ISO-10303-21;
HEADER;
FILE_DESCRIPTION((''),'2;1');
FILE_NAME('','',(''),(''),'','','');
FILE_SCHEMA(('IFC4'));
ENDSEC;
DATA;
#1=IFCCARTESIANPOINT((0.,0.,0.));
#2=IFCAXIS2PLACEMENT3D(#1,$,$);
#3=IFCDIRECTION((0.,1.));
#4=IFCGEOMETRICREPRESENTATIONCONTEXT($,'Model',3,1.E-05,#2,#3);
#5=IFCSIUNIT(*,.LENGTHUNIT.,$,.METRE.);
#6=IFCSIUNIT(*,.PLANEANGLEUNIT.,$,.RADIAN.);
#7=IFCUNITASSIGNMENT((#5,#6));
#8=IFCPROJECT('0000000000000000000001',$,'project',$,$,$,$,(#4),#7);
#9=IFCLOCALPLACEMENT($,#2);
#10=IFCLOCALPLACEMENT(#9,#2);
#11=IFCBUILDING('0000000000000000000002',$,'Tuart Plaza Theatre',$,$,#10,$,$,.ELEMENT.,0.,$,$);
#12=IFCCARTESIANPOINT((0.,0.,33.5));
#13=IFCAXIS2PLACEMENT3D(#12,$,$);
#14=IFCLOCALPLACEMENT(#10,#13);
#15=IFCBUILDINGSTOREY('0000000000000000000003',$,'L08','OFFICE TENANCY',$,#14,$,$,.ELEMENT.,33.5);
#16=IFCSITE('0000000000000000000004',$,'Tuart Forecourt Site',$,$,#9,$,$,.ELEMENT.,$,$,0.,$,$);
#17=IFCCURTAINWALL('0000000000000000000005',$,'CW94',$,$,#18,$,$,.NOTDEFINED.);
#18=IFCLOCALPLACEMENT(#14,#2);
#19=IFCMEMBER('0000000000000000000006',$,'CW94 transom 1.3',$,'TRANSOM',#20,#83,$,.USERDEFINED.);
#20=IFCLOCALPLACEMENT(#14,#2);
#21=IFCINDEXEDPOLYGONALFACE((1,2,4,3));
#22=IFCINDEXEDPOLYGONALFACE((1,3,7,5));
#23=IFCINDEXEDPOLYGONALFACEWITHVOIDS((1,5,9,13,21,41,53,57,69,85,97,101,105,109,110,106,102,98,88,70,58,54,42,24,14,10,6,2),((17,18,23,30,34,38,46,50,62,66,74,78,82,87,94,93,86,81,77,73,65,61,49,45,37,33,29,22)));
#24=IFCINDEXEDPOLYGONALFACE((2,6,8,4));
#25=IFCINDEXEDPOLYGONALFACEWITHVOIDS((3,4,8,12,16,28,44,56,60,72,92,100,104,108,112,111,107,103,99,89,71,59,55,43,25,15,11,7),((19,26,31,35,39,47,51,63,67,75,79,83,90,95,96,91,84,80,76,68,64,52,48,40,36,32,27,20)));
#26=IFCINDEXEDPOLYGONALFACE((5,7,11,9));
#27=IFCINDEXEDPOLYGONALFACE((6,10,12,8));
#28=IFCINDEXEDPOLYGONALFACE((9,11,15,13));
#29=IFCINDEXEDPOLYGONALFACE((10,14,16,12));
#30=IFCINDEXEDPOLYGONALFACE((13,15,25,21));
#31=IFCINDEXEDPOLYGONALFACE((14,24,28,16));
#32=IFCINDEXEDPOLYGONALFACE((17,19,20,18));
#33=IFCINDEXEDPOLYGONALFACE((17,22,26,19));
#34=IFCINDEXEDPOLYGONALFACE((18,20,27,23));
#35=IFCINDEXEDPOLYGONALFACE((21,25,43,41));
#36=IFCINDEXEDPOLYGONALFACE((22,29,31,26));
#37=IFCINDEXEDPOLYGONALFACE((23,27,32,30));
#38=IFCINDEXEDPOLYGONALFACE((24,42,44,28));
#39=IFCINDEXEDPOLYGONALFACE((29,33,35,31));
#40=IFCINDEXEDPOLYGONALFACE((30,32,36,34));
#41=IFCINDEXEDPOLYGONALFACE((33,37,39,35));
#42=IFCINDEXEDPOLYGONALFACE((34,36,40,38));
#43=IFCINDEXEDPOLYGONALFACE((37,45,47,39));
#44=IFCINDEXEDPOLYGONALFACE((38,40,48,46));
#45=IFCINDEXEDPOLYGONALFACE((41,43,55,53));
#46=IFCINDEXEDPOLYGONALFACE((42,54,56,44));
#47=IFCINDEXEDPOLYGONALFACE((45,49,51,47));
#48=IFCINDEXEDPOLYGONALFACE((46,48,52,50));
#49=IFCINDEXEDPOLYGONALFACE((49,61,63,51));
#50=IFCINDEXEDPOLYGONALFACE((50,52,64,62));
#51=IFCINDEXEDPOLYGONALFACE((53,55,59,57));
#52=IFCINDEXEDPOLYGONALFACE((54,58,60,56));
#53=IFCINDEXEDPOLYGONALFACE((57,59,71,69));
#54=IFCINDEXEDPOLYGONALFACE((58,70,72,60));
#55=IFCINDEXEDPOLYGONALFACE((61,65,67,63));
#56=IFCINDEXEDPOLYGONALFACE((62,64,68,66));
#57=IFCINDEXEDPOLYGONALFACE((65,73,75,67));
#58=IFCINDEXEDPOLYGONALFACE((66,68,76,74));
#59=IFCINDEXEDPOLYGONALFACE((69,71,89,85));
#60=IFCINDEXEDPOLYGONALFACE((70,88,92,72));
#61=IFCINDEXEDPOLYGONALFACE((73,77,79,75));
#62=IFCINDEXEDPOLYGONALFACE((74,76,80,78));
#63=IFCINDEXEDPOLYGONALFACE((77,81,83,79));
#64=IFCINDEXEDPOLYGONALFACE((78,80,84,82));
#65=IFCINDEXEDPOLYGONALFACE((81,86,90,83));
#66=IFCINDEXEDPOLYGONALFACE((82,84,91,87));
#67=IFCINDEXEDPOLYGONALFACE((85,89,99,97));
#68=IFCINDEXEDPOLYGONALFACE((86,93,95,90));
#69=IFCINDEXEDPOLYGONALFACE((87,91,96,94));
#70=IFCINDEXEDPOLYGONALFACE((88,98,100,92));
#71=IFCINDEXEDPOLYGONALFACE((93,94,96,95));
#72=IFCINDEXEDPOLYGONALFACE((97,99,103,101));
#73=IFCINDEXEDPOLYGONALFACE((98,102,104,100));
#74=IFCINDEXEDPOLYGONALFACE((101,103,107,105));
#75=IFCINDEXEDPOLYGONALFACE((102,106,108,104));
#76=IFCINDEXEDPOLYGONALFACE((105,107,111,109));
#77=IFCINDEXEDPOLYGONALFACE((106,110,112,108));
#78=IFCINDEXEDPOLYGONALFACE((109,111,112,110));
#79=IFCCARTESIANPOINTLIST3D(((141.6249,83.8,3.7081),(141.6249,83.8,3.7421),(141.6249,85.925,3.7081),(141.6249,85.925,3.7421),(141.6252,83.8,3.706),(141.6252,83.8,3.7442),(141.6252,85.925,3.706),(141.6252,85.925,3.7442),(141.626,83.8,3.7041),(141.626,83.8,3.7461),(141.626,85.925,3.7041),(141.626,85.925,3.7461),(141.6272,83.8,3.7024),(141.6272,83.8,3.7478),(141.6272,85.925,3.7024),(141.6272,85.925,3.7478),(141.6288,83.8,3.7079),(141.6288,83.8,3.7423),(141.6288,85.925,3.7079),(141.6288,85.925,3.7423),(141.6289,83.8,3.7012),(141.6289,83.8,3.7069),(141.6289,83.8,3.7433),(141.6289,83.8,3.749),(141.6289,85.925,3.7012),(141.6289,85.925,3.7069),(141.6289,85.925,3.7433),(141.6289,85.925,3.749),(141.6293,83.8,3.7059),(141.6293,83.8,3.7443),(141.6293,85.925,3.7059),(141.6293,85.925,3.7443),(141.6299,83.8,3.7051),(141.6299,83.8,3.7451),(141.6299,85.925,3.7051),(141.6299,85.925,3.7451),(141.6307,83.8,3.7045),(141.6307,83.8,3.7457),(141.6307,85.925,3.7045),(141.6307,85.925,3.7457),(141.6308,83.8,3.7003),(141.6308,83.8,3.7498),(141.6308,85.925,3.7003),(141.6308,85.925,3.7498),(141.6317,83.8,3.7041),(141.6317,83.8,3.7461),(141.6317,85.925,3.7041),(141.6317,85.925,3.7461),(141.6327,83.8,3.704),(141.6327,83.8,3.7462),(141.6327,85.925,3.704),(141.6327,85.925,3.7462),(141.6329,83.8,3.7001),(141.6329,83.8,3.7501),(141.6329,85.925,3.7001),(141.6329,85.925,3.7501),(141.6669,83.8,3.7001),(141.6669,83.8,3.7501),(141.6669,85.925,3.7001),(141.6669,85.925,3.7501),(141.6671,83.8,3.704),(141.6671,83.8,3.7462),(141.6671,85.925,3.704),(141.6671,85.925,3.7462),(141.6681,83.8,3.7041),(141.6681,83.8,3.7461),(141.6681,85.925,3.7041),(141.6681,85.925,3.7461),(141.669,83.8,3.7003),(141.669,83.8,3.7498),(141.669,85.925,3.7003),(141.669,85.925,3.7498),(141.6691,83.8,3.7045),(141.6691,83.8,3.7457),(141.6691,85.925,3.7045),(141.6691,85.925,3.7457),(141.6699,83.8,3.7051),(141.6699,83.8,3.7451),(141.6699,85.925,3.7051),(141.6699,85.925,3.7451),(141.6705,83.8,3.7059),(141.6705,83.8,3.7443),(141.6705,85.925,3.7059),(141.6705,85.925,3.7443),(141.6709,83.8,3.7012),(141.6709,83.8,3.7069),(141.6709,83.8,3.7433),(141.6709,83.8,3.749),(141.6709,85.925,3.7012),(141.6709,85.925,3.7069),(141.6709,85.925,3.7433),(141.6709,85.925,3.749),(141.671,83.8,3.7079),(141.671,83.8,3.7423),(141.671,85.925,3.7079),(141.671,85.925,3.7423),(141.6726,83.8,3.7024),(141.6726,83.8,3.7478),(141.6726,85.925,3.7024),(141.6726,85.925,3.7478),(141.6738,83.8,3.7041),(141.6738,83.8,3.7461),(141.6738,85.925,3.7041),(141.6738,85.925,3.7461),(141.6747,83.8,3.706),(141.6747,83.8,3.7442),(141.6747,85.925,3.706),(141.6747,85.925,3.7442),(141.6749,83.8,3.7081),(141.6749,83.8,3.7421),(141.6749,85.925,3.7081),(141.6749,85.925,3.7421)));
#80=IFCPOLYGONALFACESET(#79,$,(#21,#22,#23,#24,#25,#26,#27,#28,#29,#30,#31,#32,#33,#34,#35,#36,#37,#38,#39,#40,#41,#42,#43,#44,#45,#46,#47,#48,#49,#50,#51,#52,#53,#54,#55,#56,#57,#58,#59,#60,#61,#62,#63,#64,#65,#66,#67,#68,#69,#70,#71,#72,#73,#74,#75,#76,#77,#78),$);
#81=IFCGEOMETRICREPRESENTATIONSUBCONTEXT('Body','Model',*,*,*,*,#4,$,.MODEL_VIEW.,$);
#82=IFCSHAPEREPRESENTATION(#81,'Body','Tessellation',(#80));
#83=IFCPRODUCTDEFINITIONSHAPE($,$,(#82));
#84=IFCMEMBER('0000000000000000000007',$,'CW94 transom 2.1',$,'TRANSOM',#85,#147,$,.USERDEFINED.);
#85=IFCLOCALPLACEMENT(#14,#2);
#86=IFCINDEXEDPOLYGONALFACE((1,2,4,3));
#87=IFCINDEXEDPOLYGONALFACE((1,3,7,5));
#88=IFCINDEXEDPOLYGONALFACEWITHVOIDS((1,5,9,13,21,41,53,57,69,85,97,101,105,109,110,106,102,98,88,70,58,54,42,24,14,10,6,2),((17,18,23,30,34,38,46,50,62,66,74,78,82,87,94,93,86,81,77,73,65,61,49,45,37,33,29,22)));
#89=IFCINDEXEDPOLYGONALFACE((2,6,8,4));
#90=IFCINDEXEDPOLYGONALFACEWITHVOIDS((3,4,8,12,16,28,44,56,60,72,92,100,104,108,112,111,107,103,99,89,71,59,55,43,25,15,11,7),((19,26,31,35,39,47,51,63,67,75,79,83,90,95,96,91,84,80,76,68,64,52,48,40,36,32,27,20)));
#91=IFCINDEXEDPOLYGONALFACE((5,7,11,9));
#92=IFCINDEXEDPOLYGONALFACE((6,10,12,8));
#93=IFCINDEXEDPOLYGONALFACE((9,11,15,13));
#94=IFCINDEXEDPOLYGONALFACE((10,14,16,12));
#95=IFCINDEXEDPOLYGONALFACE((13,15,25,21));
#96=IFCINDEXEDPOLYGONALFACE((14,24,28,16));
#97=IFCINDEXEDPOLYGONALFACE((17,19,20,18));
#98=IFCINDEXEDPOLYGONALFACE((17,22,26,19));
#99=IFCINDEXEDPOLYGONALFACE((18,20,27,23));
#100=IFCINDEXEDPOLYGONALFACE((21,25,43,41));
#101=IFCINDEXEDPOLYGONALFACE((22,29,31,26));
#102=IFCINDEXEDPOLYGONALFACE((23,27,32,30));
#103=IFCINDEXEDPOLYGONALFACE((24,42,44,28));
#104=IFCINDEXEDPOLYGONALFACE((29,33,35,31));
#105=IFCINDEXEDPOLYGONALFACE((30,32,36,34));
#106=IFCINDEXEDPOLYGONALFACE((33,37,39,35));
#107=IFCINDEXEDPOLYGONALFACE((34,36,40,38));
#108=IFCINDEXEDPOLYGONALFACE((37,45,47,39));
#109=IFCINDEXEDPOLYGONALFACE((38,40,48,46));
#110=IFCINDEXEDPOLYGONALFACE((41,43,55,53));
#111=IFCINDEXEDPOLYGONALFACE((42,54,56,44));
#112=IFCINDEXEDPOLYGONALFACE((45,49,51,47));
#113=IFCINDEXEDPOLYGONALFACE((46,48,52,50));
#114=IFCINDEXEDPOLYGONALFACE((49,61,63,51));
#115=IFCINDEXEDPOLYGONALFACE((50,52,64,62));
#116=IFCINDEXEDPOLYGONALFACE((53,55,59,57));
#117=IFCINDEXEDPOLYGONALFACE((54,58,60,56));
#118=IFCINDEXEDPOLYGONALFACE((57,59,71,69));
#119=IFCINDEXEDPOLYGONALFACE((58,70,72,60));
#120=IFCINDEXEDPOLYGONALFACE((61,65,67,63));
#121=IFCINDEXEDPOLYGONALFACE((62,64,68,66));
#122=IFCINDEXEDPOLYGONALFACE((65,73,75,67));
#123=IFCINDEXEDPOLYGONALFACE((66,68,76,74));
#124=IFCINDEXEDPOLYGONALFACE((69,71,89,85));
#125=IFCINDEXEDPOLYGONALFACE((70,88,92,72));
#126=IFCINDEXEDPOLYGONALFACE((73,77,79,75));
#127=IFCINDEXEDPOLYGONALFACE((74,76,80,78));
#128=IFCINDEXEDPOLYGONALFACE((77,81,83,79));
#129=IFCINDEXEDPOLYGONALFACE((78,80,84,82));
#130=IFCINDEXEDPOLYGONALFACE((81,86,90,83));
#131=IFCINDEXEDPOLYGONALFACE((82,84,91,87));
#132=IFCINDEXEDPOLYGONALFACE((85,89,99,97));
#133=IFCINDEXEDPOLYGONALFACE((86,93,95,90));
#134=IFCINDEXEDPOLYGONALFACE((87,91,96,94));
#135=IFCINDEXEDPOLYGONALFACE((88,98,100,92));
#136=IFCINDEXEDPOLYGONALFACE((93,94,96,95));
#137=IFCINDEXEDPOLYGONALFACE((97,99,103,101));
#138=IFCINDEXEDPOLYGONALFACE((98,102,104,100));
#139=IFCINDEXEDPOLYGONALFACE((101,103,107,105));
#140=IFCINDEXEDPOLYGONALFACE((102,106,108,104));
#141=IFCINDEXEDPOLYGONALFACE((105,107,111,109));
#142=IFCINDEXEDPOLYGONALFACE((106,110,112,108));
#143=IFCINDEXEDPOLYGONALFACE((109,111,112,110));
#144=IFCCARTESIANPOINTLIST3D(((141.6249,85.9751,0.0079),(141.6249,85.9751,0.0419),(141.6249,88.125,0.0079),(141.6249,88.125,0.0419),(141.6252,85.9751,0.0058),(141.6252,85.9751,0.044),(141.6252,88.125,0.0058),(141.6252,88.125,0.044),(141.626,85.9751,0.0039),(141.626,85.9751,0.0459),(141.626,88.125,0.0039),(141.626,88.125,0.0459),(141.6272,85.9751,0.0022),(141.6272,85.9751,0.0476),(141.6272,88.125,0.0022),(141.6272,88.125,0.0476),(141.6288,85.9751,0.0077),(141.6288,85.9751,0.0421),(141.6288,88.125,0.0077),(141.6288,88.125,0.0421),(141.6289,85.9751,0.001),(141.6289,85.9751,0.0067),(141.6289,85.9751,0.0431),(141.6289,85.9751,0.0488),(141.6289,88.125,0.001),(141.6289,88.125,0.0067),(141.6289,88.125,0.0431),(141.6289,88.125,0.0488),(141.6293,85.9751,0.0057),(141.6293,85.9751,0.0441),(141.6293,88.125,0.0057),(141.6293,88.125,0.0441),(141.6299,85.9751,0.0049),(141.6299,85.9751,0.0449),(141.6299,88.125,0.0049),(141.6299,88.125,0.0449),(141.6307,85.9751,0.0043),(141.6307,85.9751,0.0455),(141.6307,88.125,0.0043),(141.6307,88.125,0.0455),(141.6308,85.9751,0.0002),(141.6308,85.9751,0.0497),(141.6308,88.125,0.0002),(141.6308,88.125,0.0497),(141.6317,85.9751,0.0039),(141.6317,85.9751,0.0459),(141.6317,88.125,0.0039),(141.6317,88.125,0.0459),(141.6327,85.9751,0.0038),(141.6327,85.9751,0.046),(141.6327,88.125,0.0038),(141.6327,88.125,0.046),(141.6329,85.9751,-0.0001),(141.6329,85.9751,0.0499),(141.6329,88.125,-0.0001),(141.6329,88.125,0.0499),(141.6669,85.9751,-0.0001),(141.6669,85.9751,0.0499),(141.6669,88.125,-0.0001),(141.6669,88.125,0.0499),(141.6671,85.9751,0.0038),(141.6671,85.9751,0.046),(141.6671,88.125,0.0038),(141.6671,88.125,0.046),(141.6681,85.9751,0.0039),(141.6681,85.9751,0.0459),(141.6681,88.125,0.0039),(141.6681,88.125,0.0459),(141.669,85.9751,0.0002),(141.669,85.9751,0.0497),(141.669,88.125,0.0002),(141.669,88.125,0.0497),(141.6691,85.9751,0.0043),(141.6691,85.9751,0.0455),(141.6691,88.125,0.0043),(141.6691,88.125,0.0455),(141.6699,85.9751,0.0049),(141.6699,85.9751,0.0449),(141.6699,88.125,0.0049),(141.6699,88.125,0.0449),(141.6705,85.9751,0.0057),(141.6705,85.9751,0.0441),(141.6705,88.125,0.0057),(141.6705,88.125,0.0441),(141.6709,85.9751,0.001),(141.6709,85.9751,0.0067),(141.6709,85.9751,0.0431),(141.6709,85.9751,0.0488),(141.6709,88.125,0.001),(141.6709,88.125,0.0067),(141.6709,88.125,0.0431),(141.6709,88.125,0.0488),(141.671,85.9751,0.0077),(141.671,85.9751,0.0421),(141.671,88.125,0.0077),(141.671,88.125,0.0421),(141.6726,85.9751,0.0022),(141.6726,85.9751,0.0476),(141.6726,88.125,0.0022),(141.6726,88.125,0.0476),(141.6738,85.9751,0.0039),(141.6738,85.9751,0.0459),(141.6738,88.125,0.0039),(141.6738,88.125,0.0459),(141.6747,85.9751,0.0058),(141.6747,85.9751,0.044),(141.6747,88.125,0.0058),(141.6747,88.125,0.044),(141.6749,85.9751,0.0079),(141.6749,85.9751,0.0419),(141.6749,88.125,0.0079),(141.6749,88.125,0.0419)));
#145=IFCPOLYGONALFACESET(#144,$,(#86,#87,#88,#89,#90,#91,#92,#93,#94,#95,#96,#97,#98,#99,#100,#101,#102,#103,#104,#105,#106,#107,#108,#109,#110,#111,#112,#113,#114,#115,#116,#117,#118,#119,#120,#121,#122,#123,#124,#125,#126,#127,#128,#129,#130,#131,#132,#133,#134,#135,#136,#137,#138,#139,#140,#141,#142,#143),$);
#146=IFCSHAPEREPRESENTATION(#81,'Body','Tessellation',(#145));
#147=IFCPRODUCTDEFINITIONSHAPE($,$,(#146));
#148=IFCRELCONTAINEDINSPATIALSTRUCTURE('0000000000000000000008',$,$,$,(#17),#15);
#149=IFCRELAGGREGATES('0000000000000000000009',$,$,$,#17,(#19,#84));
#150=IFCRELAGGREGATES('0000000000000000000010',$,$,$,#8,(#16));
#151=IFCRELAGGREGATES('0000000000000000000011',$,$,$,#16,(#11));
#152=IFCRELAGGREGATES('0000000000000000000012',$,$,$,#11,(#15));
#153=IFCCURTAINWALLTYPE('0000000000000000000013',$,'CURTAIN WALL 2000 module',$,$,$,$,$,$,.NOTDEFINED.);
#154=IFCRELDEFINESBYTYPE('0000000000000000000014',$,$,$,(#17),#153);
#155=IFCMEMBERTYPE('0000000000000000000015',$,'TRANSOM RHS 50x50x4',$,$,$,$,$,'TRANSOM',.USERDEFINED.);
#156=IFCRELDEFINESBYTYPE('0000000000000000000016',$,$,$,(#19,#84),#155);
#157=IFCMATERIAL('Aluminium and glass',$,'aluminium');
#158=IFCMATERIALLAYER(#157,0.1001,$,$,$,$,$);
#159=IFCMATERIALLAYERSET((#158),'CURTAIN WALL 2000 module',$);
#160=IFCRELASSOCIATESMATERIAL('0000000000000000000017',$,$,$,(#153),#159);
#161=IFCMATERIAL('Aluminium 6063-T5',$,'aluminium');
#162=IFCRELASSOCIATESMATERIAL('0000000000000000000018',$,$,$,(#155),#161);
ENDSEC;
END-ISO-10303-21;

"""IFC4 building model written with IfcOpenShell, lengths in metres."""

from ifc_helpers import new_model, si_unit, direction, frame, origin, origin_2d, place, context, subcontext, project, spatial, hollow_rectangle, extrude, material, layer, layer_set, material_profile, profile_set, type_object, element, aggregate, save


model = new_model("IFC4")

# Units and contexts
model_context = context("Model", 3, precision=1e-05, world=origin(), true_north=direction((0.0, 1.0)))
body_context = subcontext(model_context, "Body", "Model", "MODEL_VIEW")
ifc_project = project(units=[si_unit("LENGTHUNIT", "METRE"), si_unit("PLANEANGLEUNIT", "RADIAN")], contexts=[model_context])

# Site, building, storey
site_placement = place(None, origin())
site = spatial("IfcSite", under=ifc_project, at=site_placement, Name="Tuart Forecourt Site", CompositionType="ELEMENT", RefElevation=0.0)
building_placement = place(site_placement, origin())
building = spatial("IfcBuilding", under=site, at=building_placement, Name="Tuart Plaza Theatre", CompositionType="ELEMENT", ElevationOfRefHeight=0.0)
storey_placement = place(building_placement, frame((0.0, 0.0, 33.5)))
storey = spatial("IfcBuildingStorey", under=building, at=storey_placement, Name="L08", Description="OFFICE TENANCY", CompositionType="ELEMENT", Elevation=33.5)

# Curtain wall, members
ifc_material_1 = material(Name="Aluminium and glass", Category="aluminium")
ifc_layer_1 = layer(ifc_material_1, 0.1001)
ifc_layer_set_1 = layer_set([ifc_layer_1], Name="CURTAIN WALL 2000 module")
curtain_wall_type = type_object("IfcCurtainWallType", Name="CURTAIN WALL 2000 module", PredefinedType="NOTDEFINED", material=ifc_layer_set_1)
curtain_wall_placement = place(storey_placement, origin())
curtain_wall = element("IfcCurtainWall", 1, at=curtain_wall_placement, inside=storey, type_object=curtain_wall_type, Name="CW94", PredefinedType="NOTDEFINED")
ifc_material_2 = material(Name="Aluminium 6063-T5", Category="aluminium")
ifc_material_profile_1 = material_profile(ifc_material_2, hollow_rectangle(XDim=0.05, YDim=0.05, WallThickness=0.0039, InnerFilletRadius=0.0039, OuterFilletRadius=0.0081, at=origin_2d()), Name="RHS 50x50x4")
ifc_profile_set_1 = profile_set([ifc_material_profile_1], Name="Aluminium 6063-T5")
member_type_1 = type_object("IfcMemberType", Name="TRANSOM RHS 50x50x4", ElementType="TRANSOM", PredefinedType="USERDEFINED", material=ifc_profile_set_1)
member_1_placement = place(storey_placement, frame((141.6499, 83.8, 3.7251), z_axis=(0.0, 1.0, 0.0), x_axis=(-1.0, 0.0, 0.0)))
member_1 = element("IfcMember", 2, at=member_1_placement, type_object=member_type_1, Name="CW94 transom 1.3", ObjectType="TRANSOM", PredefinedType="USERDEFINED", context=body_context, shape_type="SweptSolid", body=[
    extrude(hollow_rectangle(XDim=0.05, YDim=0.05, WallThickness=0.0039, InnerFilletRadius=0.0039, OuterFilletRadius=0.0081, at=origin_2d()), origin(), (0.0, 0.0, 1.0), 2.125),
])
member_2_placement = place(storey_placement, frame((141.6499, 85.9751, 0.0249), z_axis=(0.0, 1.0, 0.0), x_axis=(-1.0, 0.0, 0.0)))
member_2 = element("IfcMember", 3, at=member_2_placement, type_object=member_type_1, Name="CW94 transom 2.1", ObjectType="TRANSOM", PredefinedType="USERDEFINED", context=body_context, shape_type="SweptSolid", body=[
    extrude(hollow_rectangle(XDim=0.05, YDim=0.05, WallThickness=0.0039, InnerFilletRadius=0.0039, OuterFilletRadius=0.0081, at=origin_2d()), origin(), (0.0, 0.0, 1.0), 2.1499),
])
aggregate(curtain_wall, [member_1, member_2])

save(model, "model.ifc")
